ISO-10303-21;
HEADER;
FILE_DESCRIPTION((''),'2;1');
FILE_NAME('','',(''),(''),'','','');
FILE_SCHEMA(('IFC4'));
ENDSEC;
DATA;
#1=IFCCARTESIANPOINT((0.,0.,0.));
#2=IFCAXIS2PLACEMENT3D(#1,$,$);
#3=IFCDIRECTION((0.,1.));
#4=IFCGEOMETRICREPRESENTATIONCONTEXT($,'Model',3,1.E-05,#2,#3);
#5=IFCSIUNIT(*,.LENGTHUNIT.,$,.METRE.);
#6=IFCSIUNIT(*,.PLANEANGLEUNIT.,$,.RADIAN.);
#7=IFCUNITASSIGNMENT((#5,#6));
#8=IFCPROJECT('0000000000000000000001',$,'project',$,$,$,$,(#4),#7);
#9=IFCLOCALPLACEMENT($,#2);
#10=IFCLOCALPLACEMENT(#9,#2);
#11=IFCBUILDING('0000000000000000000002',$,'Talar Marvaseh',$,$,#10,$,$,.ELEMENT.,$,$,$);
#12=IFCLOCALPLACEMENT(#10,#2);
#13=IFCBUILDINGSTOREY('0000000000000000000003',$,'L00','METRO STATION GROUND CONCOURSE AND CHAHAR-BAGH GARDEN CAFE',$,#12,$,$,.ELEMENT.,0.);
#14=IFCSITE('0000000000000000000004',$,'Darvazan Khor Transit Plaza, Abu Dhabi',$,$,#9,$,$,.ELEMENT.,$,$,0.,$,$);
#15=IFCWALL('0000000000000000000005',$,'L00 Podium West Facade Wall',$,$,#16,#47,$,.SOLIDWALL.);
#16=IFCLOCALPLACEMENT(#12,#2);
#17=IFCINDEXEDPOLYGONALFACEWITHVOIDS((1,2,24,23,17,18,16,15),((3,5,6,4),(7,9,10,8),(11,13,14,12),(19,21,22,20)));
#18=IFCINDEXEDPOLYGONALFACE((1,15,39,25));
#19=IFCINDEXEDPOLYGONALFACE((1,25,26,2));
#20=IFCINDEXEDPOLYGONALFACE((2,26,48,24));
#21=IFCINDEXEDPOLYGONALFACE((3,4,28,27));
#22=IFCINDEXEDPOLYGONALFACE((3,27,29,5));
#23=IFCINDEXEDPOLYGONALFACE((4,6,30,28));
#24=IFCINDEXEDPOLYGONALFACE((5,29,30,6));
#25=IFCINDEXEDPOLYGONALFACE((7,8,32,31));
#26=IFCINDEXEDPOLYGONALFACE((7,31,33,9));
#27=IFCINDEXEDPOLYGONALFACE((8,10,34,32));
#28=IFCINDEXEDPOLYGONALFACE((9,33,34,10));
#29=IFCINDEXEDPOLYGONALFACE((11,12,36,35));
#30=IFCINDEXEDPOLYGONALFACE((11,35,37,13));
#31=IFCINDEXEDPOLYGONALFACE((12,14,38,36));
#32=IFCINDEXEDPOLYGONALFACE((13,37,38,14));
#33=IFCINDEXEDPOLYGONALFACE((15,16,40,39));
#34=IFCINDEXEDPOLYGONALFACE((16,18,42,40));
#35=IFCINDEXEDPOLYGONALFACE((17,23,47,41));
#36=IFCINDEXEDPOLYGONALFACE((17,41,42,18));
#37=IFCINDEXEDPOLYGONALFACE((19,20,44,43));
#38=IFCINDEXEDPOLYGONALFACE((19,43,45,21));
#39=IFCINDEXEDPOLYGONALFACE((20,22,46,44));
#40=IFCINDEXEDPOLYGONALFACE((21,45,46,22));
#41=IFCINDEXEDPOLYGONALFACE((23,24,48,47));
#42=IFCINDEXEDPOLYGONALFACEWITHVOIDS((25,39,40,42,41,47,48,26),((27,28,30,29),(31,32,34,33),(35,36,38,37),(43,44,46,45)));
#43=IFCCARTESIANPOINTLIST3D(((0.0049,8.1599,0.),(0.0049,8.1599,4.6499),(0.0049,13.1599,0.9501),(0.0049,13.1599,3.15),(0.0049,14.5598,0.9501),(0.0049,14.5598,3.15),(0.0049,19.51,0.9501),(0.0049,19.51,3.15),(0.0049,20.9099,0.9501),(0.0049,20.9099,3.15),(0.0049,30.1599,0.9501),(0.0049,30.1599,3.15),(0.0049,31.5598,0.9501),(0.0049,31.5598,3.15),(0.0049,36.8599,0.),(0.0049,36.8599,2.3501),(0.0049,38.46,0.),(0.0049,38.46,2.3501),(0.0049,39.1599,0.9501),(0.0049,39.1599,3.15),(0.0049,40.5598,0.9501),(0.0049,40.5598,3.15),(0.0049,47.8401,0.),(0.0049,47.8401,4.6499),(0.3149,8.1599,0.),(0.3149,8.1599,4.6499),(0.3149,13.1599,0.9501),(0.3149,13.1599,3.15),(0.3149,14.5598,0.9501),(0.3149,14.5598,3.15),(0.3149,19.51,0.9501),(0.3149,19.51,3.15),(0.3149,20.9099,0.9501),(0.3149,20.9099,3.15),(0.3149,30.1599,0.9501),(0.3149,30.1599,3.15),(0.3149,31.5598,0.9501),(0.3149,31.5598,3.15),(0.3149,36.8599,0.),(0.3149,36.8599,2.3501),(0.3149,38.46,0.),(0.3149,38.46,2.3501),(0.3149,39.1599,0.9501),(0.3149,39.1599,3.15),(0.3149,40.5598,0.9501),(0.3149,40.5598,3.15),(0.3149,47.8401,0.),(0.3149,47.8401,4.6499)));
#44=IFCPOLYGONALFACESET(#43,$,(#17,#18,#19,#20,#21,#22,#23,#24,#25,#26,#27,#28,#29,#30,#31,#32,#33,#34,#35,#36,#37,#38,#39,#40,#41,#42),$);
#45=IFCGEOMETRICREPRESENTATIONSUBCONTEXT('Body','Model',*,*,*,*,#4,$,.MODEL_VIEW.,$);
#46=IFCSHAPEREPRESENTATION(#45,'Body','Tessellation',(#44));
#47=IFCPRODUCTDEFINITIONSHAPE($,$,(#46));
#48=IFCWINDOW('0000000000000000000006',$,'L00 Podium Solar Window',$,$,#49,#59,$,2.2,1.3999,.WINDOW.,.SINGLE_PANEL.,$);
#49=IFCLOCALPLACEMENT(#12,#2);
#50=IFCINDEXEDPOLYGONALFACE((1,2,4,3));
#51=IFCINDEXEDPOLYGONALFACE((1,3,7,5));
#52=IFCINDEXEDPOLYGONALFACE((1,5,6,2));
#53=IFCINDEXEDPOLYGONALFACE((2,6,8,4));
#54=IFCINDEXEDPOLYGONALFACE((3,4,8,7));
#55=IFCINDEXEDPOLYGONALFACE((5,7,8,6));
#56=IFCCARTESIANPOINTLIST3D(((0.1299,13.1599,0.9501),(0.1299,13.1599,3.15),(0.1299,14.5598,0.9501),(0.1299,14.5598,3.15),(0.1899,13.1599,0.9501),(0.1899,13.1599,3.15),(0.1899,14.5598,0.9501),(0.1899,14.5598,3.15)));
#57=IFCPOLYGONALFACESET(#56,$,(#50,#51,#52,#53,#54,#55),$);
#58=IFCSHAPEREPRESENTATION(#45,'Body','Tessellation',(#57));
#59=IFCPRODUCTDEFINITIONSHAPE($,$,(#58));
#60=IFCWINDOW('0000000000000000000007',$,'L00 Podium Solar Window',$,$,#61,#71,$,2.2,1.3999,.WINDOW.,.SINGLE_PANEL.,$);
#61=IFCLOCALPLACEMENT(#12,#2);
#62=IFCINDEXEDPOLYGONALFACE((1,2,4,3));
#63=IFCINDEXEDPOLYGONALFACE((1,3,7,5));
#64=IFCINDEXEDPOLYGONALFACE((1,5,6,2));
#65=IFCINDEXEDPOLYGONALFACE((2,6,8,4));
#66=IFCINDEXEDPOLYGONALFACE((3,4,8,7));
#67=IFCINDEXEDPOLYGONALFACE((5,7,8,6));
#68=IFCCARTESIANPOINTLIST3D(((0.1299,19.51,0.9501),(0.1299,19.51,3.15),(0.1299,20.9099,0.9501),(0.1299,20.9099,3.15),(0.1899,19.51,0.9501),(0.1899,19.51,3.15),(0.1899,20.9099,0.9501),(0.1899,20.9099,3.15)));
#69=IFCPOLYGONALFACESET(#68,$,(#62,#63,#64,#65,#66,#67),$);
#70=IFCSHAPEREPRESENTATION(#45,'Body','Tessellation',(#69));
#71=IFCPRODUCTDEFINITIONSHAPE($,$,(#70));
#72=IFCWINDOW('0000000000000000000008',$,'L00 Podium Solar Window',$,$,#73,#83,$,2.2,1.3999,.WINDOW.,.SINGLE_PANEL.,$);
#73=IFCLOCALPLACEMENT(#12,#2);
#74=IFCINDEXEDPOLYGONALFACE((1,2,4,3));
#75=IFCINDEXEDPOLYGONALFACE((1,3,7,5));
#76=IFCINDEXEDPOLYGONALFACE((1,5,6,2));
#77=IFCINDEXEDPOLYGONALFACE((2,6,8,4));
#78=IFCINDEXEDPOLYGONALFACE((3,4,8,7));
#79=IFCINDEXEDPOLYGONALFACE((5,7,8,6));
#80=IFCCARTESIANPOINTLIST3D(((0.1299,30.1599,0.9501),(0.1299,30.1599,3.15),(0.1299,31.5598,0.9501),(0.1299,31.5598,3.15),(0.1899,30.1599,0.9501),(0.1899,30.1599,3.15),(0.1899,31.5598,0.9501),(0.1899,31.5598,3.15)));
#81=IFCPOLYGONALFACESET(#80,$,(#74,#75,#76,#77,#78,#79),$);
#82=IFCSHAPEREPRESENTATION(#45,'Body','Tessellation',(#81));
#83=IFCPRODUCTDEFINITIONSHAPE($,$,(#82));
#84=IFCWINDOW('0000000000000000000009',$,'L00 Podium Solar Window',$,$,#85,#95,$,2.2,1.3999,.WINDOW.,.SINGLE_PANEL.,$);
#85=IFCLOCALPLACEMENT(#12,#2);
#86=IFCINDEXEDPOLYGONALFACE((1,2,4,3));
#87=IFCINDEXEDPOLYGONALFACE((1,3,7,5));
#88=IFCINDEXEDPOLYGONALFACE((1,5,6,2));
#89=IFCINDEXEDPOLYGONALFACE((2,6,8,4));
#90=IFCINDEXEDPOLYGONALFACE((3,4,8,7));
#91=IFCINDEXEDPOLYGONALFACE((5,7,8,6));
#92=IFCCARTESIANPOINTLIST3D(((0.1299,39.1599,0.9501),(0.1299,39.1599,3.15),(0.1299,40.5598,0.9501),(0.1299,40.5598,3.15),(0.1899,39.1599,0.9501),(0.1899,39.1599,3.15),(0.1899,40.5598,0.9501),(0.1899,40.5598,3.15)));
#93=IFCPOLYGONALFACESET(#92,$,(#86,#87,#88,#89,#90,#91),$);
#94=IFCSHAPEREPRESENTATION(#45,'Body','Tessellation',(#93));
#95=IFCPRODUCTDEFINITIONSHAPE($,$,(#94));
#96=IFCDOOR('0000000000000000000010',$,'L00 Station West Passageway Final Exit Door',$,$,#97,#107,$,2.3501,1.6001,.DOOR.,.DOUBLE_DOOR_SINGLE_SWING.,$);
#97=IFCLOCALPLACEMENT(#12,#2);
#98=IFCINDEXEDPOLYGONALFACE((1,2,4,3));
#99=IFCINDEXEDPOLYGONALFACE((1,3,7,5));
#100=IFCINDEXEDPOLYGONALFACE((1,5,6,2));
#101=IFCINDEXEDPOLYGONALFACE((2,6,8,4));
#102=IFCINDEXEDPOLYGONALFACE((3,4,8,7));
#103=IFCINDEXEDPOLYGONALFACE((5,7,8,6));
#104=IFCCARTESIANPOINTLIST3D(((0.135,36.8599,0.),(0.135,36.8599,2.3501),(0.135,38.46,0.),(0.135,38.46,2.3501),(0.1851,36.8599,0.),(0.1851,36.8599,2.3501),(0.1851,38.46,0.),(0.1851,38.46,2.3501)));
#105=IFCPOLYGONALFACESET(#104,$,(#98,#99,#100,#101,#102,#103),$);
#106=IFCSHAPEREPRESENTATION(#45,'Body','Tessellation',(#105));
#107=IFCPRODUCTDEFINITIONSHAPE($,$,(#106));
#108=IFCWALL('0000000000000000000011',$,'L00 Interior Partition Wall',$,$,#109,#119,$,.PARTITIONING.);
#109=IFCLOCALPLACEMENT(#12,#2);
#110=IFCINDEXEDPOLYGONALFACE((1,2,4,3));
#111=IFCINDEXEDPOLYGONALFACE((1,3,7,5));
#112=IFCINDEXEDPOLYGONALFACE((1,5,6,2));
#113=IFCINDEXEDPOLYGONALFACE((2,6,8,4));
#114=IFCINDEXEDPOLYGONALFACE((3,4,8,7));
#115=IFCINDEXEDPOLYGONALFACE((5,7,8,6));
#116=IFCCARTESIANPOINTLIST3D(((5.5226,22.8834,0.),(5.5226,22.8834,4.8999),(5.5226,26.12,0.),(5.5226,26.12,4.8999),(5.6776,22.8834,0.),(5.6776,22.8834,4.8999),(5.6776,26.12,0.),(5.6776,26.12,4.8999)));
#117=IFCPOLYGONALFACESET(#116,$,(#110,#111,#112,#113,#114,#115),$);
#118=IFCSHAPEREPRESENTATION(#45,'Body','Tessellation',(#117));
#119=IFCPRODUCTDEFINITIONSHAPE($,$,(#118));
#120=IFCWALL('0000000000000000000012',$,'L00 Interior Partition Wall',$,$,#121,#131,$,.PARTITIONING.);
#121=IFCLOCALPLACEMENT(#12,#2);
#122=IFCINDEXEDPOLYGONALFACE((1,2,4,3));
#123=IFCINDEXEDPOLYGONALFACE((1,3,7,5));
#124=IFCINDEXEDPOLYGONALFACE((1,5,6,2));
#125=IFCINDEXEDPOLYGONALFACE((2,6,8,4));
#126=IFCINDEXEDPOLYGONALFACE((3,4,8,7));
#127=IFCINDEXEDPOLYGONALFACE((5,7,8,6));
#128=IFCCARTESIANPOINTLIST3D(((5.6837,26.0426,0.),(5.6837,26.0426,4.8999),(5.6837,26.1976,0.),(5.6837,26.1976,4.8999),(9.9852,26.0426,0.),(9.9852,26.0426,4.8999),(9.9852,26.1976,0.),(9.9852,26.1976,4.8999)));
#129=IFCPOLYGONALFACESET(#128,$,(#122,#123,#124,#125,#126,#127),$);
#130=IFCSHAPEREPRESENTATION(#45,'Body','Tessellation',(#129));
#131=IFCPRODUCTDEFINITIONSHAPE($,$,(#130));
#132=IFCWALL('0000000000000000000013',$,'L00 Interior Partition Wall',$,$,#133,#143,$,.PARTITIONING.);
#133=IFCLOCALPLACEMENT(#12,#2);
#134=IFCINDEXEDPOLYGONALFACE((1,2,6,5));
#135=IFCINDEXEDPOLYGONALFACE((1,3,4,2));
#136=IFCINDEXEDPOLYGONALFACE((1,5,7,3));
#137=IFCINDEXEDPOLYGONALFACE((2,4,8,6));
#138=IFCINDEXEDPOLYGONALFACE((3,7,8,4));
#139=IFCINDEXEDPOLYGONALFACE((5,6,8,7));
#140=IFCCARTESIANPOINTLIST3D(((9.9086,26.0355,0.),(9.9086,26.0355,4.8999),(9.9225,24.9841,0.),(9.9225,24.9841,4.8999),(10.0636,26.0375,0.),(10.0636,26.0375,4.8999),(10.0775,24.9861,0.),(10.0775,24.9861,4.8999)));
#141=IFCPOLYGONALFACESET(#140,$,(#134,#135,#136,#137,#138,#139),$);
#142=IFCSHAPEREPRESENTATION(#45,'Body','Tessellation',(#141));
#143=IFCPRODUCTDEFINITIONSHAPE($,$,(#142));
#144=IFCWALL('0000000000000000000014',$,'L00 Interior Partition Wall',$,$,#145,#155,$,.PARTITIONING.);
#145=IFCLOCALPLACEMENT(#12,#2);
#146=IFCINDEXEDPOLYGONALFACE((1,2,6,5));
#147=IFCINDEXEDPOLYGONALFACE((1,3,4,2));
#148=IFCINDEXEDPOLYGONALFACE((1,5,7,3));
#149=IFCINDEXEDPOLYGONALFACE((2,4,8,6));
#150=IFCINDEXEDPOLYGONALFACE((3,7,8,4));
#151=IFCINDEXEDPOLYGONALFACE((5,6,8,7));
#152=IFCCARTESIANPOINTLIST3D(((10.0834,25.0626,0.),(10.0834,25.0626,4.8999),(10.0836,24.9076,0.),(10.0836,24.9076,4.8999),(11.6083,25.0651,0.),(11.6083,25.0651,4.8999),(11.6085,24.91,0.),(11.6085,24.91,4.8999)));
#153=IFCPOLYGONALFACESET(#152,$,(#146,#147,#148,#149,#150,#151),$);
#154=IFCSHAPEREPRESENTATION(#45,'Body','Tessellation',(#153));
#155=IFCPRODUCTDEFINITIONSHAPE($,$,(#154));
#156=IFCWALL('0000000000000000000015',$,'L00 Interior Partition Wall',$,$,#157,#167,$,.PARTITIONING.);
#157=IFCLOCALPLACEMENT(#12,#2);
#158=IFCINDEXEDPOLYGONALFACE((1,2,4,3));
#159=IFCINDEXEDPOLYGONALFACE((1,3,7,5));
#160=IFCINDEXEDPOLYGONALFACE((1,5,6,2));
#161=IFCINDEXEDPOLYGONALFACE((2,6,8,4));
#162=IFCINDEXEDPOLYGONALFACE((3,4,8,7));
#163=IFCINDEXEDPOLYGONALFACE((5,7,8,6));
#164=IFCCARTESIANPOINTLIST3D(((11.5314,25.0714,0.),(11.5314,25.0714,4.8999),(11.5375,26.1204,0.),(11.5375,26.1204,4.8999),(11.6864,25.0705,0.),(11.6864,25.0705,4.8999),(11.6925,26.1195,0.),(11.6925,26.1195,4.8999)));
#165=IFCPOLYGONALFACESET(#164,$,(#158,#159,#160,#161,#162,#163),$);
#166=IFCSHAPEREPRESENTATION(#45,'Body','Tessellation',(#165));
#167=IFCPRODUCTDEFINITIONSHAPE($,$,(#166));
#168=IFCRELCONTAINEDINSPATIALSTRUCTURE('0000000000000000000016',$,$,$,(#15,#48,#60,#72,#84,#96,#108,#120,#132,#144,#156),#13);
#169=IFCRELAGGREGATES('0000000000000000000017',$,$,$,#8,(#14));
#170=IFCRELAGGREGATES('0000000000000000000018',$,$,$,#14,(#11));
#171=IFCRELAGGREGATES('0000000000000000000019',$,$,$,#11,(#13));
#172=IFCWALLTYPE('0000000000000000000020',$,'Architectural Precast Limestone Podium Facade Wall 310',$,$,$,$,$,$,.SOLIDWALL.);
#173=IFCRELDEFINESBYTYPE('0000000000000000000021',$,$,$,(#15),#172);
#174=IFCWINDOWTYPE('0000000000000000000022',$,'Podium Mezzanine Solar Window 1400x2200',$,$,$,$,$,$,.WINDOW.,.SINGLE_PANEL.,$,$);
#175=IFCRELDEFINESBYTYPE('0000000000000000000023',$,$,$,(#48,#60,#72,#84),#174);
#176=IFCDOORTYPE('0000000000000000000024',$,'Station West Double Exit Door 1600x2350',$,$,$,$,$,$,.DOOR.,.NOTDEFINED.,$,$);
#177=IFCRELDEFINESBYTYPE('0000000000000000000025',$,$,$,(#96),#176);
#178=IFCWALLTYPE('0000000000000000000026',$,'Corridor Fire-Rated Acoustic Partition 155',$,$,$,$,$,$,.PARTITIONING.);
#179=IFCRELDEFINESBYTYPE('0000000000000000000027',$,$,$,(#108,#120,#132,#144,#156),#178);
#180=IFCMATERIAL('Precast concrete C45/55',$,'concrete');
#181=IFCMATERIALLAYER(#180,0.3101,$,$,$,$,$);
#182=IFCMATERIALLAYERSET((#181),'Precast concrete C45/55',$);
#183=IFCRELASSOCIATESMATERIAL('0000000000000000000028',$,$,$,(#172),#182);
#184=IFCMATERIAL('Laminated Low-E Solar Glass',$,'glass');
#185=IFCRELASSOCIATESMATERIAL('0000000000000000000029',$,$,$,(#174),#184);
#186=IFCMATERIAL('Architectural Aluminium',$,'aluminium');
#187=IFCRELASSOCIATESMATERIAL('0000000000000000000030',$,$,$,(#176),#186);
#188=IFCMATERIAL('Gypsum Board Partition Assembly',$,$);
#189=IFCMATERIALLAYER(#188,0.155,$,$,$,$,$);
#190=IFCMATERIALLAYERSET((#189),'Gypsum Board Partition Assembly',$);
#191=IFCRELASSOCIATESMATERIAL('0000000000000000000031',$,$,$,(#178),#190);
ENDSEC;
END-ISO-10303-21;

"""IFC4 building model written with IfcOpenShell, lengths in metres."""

from ifc_helpers import new_model, si_unit, direction, frame, frame_2d, origin, place, context, subcontext, project, spatial, rectangle, extrude, source, transform, mapped, material, layer, layer_set, type_object, type_shapes, element, fill, save


model = new_model("IFC4")

# Units and contexts
model_context = context("Model", 3, precision=1e-05, world=origin(), true_north=direction((0.0, 1.0)))
body_context = subcontext(model_context, "Body", "Model", "MODEL_VIEW")
ifc_project = project(units=[si_unit("LENGTHUNIT", "METRE"), si_unit("PLANEANGLEUNIT", "RADIAN")], contexts=[model_context])

# Site, building, storey
site_placement = place(None, origin())
site = spatial("IfcSite", under=ifc_project, at=site_placement, Name="Darvazan Khor Transit Plaza, Abu Dhabi", CompositionType="ELEMENT", RefElevation=0.0)
building_placement = place(site_placement, origin())
building = spatial("IfcBuilding", under=site, at=building_placement, Name="Talar Marvaseh", CompositionType="ELEMENT")
storey_placement = place(building_placement, origin())
storey = spatial("IfcBuildingStorey", under=building, at=storey_placement, Name="L00", Description="METRO STATION GROUND CONCOURSE AND CHAHAR-BAGH GARDEN CAFE", CompositionType="ELEMENT", Elevation=0.0)

# Wall, openings, windows, door
ifc_material_1 = material(Name="Precast concrete C45/55", Category="concrete")
ifc_layer_1 = layer(ifc_material_1, 0.3101)
ifc_layer_set_1 = layer_set([ifc_layer_1], Name="Precast concrete C45/55")
wall_type_1 = type_object("IfcWallType", Name="Architectural Precast Limestone Podium Facade Wall 310", PredefinedType="SOLIDWALL", material=ifc_layer_set_1)
wall_1_placement = place(storey_placement, frame((0.1599, 8.1599, 0.0), z_axis=(0.0, 0.0, 1.0), x_axis=(0.0, 1.0, 0.0)))
wall_1 = element("IfcWall", 1, at=wall_1_placement, inside=storey, type_object=wall_type_1, Name="L00 Podium West Facade Wall", PredefinedType="SOLIDWALL", context=body_context, shape_type="SweptSolid", body=[
    extrude(rectangle(XDim=39.6802, YDim=0.3101, at=frame_2d((19.8401, 0.0))), origin(), (0.0, 0.0, 1.0), 4.6499),
])
opening_1_placement = place(wall_1_placement, frame((5.0, 0.0, 0.95)))
opening_1 = element("IfcOpeningElement", 2, at=opening_1_placement, cuts=wall_1, PredefinedType="OPENING", context=body_context, shape_type="SweptSolid", body=[
    extrude(rectangle(XDim=1.3999, YDim=2.2, at=frame_2d((0.7, 1.1001))), frame((0.0, 0.165, 0.0), z_axis=(0.0, -1.0, 0.0), x_axis=(1.0, 0.0, 0.0)), (0.0, 0.0, 1.0), 0.3301),
])
opening_2_placement = place(wall_1_placement, frame((11.3501, 0.0, 0.95)))
opening_2 = element("IfcOpeningElement", 3, at=opening_2_placement, cuts=wall_1, PredefinedType="OPENING", context=body_context, shape_type="SweptSolid", body=[
    extrude(rectangle(XDim=1.3999, YDim=2.2, at=frame_2d((0.7, 1.1001))), frame((0.0, 0.165, 0.0), z_axis=(0.0, -1.0, 0.0), x_axis=(1.0, 0.0, 0.0)), (0.0, 0.0, 1.0), 0.3301),
])
opening_3_placement = place(wall_1_placement, frame((22.0, 0.0, 0.95)))
opening_3 = element("IfcOpeningElement", 4, at=opening_3_placement, cuts=wall_1, PredefinedType="OPENING", context=body_context, shape_type="SweptSolid", body=[
    extrude(rectangle(XDim=1.3999, YDim=2.2, at=frame_2d((0.7, 1.1001))), frame((0.0, 0.165, 0.0), z_axis=(0.0, -1.0, 0.0), x_axis=(1.0, 0.0, 0.0)), (0.0, 0.0, 1.0), 0.3301),
])
opening_4_placement = place(wall_1_placement, frame((31.0, 0.0, 0.95)))
opening_4 = element("IfcOpeningElement", 5, at=opening_4_placement, cuts=wall_1, PredefinedType="OPENING", context=body_context, shape_type="SweptSolid", body=[
    extrude(rectangle(XDim=1.3999, YDim=2.2, at=frame_2d((0.7, 1.1001))), frame((0.0, 0.165, 0.0), z_axis=(0.0, -1.0, 0.0), x_axis=(1.0, 0.0, 0.0)), (0.0, 0.0, 1.0), 0.3301),
])
opening_5_placement = place(wall_1_placement, frame((28.7, 0.0, 0.0)))
opening_5 = element("IfcOpeningElement", 6, at=opening_5_placement, cuts=wall_1, PredefinedType="OPENING", context=body_context, shape_type="SweptSolid", body=[
    extrude(rectangle(XDim=1.6001, YDim=2.3501, at=frame_2d((0.8, 1.175))), frame((0.0, 0.165, 0.0), z_axis=(0.0, -1.0, 0.0), x_axis=(1.0, 0.0, 0.0)), (0.0, 0.0, 1.0), 0.3301),
])
ifc_material_2 = material(Name="Laminated Low-E Solar Glass", Category="glass")
window_type = type_object("IfcWindowType", Name="Podium Mezzanine Solar Window 1400x2200", PartitioningType="SINGLE_PANEL", PredefinedType="WINDOW", material=ifc_material_2)
shared_shape_1 = source(origin(), body_context, "Body", "SweptSolid", [
    extrude(rectangle(XDim=1.3999, YDim=2.2, at=frame_2d((0.7, 1.1001))), frame((0.0, 0.03, 0.0), z_axis=(0.0, -1.0, 0.0), x_axis=(1.0, 0.0, 0.0)), (0.0, 0.0, 1.0), 0.0601),
])
type_shapes(window_type, [shared_shape_1])
window_1_placement = place(opening_1_placement, origin())
window_1 = element("IfcWindow", 7, at=window_1_placement, inside=storey, type_object=window_type, Name="L00 Podium Solar Window", OverallHeight=2.2, OverallWidth=1.3999, PartitioningType="SINGLE_PANEL", PredefinedType="WINDOW", context=body_context, shape_type="MappedRepresentation", body=[
    mapped(shared_shape_1, transform((0.0, 0.0, 0.0), x_axis=(1.0, 0.0, 0.0), y_axis=(0.0, 1.0, 0.0), z_axis=(0.0, 0.0, 1.0), scale=1.0)),
])
fill(opening_1, window_1)
window_2_placement = place(opening_2_placement, origin())
window_2 = element("IfcWindow", 8, at=window_2_placement, inside=storey, type_object=window_type, Name="L00 Podium Solar Window", OverallHeight=2.2, OverallWidth=1.3999, PartitioningType="SINGLE_PANEL", PredefinedType="WINDOW", context=body_context, shape_type="MappedRepresentation", body=[
    mapped(shared_shape_1, transform((0.0, 0.0, 0.0), x_axis=(1.0, 0.0, 0.0), y_axis=(0.0, 1.0, 0.0), z_axis=(0.0, 0.0, 1.0), scale=1.0)),
])
fill(opening_2, window_2)
window_3_placement = place(opening_3_placement, origin())
window_3 = element("IfcWindow", 9, at=window_3_placement, inside=storey, type_object=window_type, Name="L00 Podium Solar Window", OverallHeight=2.2, OverallWidth=1.3999, PartitioningType="SINGLE_PANEL", PredefinedType="WINDOW", context=body_context, shape_type="MappedRepresentation", body=[
    mapped(shared_shape_1, transform((0.0, 0.0, 0.0), x_axis=(1.0, 0.0, 0.0), y_axis=(0.0, 1.0, 0.0), z_axis=(0.0, 0.0, 1.0), scale=1.0)),
])
fill(opening_3, window_3)
window_4_placement = place(opening_4_placement, origin())
window_4 = element("IfcWindow", 10, at=window_4_placement, inside=storey, type_object=window_type, Name="L00 Podium Solar Window", OverallHeight=2.2, OverallWidth=1.3999, PartitioningType="SINGLE_PANEL", PredefinedType="WINDOW", context=body_context, shape_type="MappedRepresentation", body=[
    mapped(shared_shape_1, transform((0.0, 0.0, 0.0), x_axis=(1.0, 0.0, 0.0), y_axis=(0.0, 1.0, 0.0), z_axis=(0.0, 0.0, 1.0), scale=1.0)),
])
fill(opening_4, window_4)
ifc_material_3 = material(Name="Architectural Aluminium", Category="aluminium")
door_type = type_object("IfcDoorType", Name="Station West Double Exit Door 1600x2350", OperationType="NOTDEFINED", PredefinedType="DOOR", material=ifc_material_3)
shared_shape_2 = source(origin(), body_context, "Body", "SweptSolid", [
    extrude(rectangle(XDim=1.6001, YDim=2.3501, at=frame_2d((0.8, 1.175))), frame((0.0, 0.0249, 0.0), z_axis=(0.0, -1.0, 0.0), x_axis=(1.0, 0.0, 0.0)), (0.0, 0.0, 1.0), 0.05),
])
type_shapes(door_type, [shared_shape_2])
door_placement = place(opening_5_placement, origin())
door = element("IfcDoor", 11, at=door_placement, inside=storey, type_object=door_type, Name="L00 Station West Passageway Final Exit Door", OperationType="DOUBLE_DOOR_SINGLE_SWING", OverallHeight=2.3501, OverallWidth=1.6001, PredefinedType="DOOR", context=body_context, shape_type="MappedRepresentation", body=[
    mapped(shared_shape_2, transform((0.0, 0.0, 0.0), x_axis=(1.0, 0.0, 0.0), y_axis=(0.0, 1.0, 0.0), z_axis=(0.0, 0.0, 1.0), scale=1.0)),
])
fill(opening_5, door)

# Walls
ifc_material_4 = material(Name="Gypsum Board Partition Assembly")
ifc_layer_2 = layer(ifc_material_4, 0.155)
ifc_layer_set_2 = layer_set([ifc_layer_2], Name="Gypsum Board Partition Assembly")
wall_type_2 = type_object("IfcWallType", Name="Corridor Fire-Rated Acoustic Partition 155", PredefinedType="PARTITIONING", material=ifc_layer_set_2)
wall_2_placement = place(storey_placement, frame((5.6001, 22.8835, 0.0), z_axis=(0.0, 0.0, 1.0), x_axis=(0.0, 1.0, 0.0)))
element("IfcWall", 12, at=wall_2_placement, inside=storey, type_object=wall_type_2, Name="L00 Interior Partition Wall", PredefinedType="PARTITIONING", context=body_context, shape_type="SweptSolid", body=[
    extrude(rectangle(XDim=3.2366, YDim=0.155, at=frame_2d((1.6182, 0.0))), origin(), (0.0, 0.0, 1.0), 4.8999),
])
wall_3_placement = place(storey_placement, frame((5.6836, 26.1201, 0.0), z_axis=(0.0, 0.0, 1.0), x_axis=(1.0, 0.0, 0.0)))
element("IfcWall", 13, at=wall_3_placement, inside=storey, type_object=wall_type_2, Name="L00 Interior Partition Wall", PredefinedType="PARTITIONING", context=body_context, shape_type="SweptSolid", body=[
    extrude(rectangle(XDim=4.3015, YDim=0.155, at=frame_2d((2.1509, 0.0))), origin(), (0.0, 0.0, 1.0), 4.8999),
])
wall_4_placement = place(storey_placement, frame((9.9861, 26.0366, 0.0), z_axis=(0.0, 0.0, 1.0), x_axis=(0.013233, -0.999912, 0.0)))
element("IfcWall", 14, at=wall_4_placement, inside=storey, type_object=wall_type_2, Name="L00 Interior Partition Wall", PredefinedType="PARTITIONING", context=body_context, shape_type="SweptSolid", body=[
    extrude(rectangle(XDim=1.0515, YDim=0.155, at=frame_2d((0.5259, 0.0))), origin(), (0.0, 0.0, 1.0), 4.8999),
])
wall_5_placement = place(storey_placement, frame((10.0835, 24.9851, 0.0), z_axis=(0.0, 0.0, 1.0), x_axis=(0.999999, 0.001601, 0.0)))
element("IfcWall", 15, at=wall_5_placement, inside=storey, type_object=wall_type_2, Name="L00 Interior Partition Wall", PredefinedType="PARTITIONING", context=body_context, shape_type="SweptSolid", body=[
    extrude(rectangle(XDim=1.5249, YDim=0.155, at=frame_2d((0.7625, 0.0))), origin(), (0.0, 0.0, 1.0), 4.8999),
])
wall_6_placement = place(storey_placement, frame((11.6089, 25.071, 0.0), z_axis=(0.0, 0.0, 1.0), x_axis=(0.005818, 0.999983, 0.0)))
element("IfcWall", 16, at=wall_6_placement, inside=storey, type_object=wall_type_2, Name="L00 Interior Partition Wall", PredefinedType="PARTITIONING", context=body_context, shape_type="SweptSolid", body=[
    extrude(rectangle(XDim=1.0491, YDim=0.155, at=frame_2d((0.5244, 0.0))), origin(), (0.0, 0.0, 1.0), 4.8999),
])

save(model, "model.ifc")
